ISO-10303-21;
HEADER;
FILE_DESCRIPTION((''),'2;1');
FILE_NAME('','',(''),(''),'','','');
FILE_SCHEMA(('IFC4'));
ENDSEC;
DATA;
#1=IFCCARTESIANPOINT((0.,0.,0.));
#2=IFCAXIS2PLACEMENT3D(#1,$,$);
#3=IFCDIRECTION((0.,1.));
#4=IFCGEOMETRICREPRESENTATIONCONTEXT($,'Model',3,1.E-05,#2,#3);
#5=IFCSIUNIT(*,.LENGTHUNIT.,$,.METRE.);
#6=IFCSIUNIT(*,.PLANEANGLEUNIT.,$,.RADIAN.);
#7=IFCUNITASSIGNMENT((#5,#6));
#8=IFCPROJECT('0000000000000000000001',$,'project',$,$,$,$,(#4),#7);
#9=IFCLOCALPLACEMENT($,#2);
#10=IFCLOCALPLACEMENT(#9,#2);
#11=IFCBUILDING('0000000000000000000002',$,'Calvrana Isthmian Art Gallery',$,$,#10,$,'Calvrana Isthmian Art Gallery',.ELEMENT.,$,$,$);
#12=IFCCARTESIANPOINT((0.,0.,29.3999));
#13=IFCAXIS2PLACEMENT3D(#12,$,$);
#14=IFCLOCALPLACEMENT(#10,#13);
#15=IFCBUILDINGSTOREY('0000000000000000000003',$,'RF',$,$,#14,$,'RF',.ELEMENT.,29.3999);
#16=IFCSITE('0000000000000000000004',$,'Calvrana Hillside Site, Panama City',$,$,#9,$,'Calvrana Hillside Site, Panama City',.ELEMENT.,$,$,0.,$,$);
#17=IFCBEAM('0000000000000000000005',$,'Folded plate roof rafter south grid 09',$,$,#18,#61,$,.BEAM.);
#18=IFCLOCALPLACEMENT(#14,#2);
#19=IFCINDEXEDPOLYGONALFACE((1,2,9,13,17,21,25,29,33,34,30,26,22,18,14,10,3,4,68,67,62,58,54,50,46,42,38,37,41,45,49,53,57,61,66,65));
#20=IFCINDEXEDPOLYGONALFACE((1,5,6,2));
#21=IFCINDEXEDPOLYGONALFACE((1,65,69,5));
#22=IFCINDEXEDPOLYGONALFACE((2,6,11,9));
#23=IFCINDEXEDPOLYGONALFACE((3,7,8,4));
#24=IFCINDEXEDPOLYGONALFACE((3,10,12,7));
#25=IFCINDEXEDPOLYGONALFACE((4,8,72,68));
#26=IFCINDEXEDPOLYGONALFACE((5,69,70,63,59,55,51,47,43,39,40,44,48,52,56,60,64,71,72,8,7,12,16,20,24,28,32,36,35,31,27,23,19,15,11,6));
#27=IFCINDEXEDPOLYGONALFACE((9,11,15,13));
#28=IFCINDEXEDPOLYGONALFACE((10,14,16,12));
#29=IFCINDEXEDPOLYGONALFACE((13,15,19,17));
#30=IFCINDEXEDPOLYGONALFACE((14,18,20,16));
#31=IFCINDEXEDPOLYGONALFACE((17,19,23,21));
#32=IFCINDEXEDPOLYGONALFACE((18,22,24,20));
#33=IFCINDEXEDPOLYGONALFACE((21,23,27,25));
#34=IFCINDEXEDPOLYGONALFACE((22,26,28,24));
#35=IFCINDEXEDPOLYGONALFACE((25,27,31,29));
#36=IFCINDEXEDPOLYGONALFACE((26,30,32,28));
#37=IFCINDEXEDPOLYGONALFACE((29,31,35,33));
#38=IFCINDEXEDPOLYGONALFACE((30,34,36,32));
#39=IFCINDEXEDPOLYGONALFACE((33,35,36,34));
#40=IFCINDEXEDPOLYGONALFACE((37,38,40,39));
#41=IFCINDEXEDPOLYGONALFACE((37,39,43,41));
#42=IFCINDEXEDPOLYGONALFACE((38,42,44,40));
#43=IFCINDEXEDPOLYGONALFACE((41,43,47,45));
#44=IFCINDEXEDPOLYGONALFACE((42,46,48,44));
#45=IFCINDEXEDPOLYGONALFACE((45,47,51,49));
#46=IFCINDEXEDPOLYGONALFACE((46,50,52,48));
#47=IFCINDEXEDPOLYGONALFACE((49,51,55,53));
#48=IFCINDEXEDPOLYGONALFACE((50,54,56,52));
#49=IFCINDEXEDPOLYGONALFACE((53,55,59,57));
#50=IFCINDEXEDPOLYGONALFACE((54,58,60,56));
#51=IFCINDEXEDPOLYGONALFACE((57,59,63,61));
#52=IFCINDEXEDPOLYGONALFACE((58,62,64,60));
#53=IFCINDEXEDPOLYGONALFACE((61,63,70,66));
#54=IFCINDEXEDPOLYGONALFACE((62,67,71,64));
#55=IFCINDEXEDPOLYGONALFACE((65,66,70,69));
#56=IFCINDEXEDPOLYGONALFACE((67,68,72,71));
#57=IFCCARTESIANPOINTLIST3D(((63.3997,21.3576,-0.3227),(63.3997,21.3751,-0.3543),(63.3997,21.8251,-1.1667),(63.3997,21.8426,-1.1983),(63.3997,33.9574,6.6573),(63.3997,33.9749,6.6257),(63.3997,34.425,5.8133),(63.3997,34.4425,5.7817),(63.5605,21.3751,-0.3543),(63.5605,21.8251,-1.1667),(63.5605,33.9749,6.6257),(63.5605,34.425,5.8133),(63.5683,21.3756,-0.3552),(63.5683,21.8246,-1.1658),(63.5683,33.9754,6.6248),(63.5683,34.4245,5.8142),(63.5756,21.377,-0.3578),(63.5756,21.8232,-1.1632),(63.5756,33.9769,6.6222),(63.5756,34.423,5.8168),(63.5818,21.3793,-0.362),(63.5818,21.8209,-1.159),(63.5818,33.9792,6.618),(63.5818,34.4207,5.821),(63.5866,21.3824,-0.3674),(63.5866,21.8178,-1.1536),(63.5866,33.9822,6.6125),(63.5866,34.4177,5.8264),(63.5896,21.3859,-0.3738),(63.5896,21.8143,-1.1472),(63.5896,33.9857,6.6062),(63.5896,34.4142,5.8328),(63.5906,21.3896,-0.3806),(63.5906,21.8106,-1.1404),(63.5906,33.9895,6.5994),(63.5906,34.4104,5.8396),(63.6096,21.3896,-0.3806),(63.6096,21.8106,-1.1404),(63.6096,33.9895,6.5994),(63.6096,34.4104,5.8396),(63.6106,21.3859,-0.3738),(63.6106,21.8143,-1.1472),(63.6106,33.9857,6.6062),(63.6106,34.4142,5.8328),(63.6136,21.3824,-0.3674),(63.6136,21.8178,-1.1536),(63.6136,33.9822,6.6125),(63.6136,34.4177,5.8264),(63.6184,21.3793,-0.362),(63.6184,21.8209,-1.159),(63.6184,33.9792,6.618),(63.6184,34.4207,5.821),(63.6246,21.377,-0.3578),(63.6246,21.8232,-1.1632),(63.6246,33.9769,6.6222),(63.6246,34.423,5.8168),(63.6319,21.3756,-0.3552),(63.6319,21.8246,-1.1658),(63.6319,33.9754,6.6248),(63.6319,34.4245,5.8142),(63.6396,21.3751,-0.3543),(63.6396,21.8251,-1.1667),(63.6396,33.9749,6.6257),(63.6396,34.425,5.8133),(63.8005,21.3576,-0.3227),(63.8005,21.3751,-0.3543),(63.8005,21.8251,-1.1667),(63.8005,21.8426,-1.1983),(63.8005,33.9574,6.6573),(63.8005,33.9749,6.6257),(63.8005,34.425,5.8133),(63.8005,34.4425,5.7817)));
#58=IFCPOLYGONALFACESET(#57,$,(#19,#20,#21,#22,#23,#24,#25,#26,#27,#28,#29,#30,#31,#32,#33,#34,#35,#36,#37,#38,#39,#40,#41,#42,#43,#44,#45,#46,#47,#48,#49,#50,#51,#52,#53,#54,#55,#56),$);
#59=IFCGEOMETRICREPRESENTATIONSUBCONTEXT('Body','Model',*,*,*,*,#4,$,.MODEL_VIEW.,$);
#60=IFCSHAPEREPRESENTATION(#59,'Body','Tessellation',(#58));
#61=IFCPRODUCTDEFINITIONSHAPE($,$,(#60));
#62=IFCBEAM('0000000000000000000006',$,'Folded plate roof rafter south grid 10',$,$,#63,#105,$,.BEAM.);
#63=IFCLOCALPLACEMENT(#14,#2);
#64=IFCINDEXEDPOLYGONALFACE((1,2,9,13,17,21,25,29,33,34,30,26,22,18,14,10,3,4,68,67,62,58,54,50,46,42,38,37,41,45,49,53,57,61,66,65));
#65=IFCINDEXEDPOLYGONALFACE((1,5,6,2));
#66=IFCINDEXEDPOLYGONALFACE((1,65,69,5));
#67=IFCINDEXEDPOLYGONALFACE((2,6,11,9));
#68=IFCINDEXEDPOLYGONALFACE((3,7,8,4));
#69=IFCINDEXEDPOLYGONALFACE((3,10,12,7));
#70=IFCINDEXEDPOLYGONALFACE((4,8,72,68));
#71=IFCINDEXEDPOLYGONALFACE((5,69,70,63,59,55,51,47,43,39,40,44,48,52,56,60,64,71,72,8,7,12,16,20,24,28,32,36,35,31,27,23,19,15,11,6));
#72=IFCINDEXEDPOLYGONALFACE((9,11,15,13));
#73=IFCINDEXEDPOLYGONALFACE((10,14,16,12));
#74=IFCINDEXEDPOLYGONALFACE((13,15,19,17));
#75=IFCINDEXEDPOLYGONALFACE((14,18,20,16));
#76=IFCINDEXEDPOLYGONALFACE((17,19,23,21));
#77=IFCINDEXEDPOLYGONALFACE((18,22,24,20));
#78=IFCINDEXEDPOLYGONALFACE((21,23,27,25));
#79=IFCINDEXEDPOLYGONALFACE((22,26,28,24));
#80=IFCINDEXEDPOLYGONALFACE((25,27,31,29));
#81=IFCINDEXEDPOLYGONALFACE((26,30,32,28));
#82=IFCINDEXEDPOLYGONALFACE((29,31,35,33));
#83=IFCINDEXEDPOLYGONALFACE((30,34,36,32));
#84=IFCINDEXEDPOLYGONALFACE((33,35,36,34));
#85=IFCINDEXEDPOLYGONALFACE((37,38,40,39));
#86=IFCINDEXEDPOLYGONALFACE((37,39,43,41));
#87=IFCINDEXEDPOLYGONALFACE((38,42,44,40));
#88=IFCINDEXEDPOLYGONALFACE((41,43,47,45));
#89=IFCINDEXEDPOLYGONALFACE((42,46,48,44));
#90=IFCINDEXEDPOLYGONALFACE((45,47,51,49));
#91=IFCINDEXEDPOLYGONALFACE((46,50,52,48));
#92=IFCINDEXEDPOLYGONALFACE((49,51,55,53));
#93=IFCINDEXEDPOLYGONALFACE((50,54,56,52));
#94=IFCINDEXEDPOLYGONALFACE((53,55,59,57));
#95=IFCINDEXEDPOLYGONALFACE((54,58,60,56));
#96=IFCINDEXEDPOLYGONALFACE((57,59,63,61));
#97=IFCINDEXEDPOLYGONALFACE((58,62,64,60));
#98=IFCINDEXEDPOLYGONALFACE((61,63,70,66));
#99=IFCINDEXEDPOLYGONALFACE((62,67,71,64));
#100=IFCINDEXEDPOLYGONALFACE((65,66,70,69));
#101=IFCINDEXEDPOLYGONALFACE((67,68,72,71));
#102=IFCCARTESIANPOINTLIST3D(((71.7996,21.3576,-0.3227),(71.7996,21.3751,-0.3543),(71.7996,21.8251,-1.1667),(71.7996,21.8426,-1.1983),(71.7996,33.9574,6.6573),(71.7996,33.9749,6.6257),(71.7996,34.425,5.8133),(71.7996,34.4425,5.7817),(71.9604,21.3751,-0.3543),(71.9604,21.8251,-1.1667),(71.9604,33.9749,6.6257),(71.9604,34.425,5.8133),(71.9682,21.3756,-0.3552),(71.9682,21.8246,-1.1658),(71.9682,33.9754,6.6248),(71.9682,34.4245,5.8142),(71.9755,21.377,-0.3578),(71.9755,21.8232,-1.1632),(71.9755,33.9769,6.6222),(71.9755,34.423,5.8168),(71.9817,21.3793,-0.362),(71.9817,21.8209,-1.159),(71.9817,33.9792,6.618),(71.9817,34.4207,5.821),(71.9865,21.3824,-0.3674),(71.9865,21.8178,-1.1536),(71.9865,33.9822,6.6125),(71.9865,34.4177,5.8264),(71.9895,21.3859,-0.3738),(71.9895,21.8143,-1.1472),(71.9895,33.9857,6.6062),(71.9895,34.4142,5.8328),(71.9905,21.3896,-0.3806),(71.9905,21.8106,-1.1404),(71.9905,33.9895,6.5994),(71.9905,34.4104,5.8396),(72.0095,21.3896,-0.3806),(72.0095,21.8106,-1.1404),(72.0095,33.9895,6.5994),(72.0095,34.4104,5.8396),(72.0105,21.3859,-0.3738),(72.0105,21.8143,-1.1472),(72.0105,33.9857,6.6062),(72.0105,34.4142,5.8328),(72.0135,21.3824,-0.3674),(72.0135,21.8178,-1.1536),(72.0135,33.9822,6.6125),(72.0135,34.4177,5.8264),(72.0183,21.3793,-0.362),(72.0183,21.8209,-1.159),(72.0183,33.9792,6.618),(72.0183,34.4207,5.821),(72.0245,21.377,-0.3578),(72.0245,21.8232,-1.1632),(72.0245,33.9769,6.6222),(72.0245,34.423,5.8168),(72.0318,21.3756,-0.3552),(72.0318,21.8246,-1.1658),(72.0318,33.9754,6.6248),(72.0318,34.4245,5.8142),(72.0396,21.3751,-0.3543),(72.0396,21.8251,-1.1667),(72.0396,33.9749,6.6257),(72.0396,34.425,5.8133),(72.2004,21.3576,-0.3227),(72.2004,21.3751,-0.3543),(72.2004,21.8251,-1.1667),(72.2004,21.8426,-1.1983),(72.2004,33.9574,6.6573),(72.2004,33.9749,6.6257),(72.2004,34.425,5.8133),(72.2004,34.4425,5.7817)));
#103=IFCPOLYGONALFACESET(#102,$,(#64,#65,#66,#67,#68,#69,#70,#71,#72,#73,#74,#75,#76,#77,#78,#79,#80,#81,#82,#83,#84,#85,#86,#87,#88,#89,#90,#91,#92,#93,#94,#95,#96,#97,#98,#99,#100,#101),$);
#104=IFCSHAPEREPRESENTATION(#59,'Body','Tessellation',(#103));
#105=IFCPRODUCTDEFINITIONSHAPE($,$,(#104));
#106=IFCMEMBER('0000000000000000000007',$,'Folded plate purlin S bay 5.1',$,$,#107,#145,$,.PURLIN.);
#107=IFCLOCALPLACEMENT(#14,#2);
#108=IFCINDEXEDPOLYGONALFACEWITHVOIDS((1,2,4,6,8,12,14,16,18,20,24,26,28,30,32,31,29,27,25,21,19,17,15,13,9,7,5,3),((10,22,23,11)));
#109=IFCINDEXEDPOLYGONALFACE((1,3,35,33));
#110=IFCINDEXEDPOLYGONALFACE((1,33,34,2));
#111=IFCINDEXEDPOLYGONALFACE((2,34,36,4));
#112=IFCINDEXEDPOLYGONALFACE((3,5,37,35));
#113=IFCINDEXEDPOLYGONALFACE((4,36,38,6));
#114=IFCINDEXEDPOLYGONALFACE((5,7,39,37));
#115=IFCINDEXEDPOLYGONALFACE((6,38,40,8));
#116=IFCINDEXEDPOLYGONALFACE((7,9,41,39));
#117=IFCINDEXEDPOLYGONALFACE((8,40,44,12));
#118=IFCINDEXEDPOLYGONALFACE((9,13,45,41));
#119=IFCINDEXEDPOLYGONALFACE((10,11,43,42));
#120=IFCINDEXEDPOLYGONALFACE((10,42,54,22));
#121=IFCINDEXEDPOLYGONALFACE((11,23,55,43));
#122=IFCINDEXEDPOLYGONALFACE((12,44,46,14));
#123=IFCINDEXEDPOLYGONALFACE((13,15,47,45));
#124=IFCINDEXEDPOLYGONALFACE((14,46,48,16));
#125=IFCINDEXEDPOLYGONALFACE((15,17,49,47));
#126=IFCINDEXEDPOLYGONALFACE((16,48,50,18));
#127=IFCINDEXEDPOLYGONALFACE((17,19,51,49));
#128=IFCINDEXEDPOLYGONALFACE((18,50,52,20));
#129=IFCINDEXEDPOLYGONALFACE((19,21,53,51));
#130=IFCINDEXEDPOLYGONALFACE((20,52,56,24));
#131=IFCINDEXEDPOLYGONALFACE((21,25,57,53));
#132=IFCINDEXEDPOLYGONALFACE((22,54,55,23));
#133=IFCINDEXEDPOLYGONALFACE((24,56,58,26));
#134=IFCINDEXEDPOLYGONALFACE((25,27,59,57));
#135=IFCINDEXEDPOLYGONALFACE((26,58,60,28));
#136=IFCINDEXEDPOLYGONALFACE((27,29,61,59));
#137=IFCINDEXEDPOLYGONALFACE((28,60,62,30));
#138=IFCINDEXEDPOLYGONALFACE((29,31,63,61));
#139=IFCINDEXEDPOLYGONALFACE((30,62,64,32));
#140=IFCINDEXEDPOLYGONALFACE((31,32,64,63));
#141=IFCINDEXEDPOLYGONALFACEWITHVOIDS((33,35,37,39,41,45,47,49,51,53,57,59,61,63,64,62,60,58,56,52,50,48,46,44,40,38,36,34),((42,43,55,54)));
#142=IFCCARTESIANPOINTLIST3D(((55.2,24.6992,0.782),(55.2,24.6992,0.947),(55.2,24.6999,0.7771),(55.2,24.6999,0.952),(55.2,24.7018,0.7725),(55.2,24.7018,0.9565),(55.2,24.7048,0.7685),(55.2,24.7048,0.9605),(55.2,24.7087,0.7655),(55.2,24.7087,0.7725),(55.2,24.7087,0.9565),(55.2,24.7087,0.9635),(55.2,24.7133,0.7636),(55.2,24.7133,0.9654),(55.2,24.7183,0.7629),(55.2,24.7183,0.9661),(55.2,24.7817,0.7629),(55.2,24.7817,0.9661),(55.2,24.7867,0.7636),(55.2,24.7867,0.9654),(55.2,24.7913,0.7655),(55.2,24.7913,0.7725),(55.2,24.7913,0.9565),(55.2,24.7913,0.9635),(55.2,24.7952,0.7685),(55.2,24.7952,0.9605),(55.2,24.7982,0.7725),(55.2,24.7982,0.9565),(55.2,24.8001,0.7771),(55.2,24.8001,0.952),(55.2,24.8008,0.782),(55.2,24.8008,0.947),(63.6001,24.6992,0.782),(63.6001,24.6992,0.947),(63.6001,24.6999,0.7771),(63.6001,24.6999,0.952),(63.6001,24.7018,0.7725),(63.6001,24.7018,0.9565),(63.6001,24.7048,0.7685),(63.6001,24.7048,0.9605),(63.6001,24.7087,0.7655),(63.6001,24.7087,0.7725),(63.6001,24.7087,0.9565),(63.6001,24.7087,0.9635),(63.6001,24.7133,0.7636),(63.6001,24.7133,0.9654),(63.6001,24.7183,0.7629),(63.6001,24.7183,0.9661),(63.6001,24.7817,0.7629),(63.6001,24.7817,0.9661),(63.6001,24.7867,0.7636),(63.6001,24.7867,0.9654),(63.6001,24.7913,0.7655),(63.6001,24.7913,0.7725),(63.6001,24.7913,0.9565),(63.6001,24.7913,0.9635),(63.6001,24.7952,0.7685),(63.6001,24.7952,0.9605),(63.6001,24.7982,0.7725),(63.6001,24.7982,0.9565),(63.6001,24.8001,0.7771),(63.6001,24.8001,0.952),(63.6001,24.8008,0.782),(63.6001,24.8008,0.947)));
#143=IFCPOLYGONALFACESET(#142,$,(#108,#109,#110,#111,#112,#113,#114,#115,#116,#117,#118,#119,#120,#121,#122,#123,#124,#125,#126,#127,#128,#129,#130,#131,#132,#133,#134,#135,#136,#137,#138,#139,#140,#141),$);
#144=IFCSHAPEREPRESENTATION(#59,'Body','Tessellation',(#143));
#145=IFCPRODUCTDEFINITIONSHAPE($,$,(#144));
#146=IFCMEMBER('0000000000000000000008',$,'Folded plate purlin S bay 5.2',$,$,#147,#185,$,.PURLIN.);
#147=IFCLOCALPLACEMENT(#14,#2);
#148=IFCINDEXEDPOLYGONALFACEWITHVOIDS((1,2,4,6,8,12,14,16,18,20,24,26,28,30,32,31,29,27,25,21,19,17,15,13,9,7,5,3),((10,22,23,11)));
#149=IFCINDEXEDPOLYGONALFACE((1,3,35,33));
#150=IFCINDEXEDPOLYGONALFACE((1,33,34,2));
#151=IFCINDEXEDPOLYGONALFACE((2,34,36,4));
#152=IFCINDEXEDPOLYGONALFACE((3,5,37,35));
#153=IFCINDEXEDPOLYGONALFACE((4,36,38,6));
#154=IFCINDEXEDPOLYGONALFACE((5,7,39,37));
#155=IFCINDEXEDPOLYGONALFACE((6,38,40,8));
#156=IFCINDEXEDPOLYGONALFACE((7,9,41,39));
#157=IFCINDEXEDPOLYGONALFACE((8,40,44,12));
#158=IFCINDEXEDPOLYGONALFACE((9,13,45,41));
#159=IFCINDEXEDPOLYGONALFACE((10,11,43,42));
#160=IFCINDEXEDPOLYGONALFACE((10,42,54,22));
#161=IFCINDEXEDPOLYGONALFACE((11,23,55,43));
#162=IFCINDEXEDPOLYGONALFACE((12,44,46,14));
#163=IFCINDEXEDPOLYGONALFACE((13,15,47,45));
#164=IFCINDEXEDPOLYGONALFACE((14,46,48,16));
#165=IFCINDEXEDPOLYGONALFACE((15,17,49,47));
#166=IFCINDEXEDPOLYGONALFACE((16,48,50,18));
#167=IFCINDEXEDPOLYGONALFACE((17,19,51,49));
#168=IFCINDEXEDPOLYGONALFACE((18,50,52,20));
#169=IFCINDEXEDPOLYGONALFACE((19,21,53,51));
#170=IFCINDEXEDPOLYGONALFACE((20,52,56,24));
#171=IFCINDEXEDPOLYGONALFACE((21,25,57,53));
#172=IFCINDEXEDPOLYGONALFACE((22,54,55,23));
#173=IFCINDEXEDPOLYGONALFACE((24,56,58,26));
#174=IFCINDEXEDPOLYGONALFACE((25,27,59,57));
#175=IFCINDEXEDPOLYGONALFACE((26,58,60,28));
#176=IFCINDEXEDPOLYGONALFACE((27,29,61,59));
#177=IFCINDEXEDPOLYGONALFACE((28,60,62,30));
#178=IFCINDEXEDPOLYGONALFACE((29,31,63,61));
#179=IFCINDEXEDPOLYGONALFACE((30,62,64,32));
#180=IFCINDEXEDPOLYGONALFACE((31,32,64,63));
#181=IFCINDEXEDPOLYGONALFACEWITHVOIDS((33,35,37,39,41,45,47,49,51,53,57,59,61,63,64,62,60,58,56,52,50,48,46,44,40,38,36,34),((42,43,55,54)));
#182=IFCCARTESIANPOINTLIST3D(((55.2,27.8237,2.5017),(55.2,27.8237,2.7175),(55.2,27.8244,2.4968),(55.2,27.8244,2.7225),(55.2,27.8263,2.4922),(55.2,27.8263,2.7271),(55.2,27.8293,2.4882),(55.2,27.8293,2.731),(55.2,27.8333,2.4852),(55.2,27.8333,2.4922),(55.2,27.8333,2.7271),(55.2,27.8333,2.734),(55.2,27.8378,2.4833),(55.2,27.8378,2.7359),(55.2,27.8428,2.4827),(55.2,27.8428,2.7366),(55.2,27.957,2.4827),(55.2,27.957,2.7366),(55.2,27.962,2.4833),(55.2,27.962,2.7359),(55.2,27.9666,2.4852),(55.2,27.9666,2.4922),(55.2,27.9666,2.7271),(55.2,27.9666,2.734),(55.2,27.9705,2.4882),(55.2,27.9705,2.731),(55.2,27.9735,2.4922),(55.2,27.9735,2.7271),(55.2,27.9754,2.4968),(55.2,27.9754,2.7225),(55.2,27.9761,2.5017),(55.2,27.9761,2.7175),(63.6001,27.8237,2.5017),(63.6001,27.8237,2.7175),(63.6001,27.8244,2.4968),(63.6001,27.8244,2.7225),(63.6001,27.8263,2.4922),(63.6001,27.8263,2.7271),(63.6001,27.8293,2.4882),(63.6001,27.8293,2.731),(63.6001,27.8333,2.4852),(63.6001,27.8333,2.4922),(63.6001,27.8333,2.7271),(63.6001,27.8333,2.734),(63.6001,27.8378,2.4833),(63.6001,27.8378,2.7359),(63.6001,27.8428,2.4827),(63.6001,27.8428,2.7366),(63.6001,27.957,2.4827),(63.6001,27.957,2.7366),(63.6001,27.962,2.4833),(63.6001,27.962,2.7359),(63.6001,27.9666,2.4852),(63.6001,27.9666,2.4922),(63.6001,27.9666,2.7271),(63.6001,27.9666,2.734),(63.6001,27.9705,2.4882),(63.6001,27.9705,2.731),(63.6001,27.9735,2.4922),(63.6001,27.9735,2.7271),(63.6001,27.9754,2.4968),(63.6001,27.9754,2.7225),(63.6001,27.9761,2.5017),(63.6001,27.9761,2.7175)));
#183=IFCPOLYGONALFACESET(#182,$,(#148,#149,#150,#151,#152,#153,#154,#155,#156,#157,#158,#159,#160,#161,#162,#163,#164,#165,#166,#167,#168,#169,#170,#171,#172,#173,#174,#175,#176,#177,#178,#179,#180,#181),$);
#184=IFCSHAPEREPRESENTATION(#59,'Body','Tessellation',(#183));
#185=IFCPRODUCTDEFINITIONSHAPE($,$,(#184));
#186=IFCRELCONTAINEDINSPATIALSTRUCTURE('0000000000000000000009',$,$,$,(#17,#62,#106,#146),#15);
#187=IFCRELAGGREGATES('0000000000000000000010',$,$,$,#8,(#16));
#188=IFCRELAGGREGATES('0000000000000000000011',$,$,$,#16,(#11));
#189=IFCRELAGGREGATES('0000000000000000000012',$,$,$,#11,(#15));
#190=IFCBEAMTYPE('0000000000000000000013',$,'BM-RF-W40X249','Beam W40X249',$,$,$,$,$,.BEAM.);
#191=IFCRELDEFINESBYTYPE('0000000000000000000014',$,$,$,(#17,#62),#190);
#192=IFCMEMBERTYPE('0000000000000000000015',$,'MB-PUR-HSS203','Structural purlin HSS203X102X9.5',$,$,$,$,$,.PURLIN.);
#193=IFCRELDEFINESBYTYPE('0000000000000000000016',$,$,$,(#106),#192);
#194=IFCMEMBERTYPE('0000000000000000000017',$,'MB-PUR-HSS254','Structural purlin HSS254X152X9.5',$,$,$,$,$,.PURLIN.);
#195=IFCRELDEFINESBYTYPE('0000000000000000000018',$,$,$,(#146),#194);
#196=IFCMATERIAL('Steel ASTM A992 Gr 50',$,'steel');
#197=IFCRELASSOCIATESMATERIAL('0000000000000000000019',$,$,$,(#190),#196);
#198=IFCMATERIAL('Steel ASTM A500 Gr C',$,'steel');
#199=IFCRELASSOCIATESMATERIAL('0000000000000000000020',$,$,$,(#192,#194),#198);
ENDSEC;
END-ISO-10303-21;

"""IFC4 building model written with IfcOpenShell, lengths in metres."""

from ifc_helpers import new_model, si_unit, direction, frame, origin, origin_2d, place, context, subcontext, project, spatial, hollow_rectangle, i_section, extrude, material, material_profile, profile_set, type_object, element, save


model = new_model("IFC4")

# Units and contexts
model_context = context("Model", 3, precision=1e-05, world=origin(), true_north=direction((0.0, 1.0)))
body_context = subcontext(model_context, "Body", "Model", "MODEL_VIEW")
ifc_project = project(units=[si_unit("LENGTHUNIT", "METRE"), si_unit("PLANEANGLEUNIT", "RADIAN")], contexts=[model_context])

# Site, building, storey
site_placement = place(None, origin())
site = spatial("IfcSite", under=ifc_project, at=site_placement, Name="Calvrana Hillside Site, Panama City", LongName="Calvrana Hillside Site, Panama City", CompositionType="ELEMENT", RefElevation=0.0)
building_placement = place(site_placement, origin())
building = spatial("IfcBuilding", under=site, at=building_placement, Name="Calvrana Isthmian Art Gallery", LongName="Calvrana Isthmian Art Gallery", CompositionType="ELEMENT")
storey_placement = place(building_placement, frame((0.0, 0.0, 29.3999)))
storey = spatial("IfcBuildingStorey", under=building, at=storey_placement, Name="RF", LongName="RF", CompositionType="ELEMENT", Elevation=29.3999)

# Beams
ifc_material_1 = material(Name="Steel ASTM A992 Gr 50", Category="steel")
ifc_material_profile_1 = material_profile(ifc_material_1, i_section(OverallWidth=0.4009, OverallDepth=1.001, WebThickness=0.019, FlangeThickness=0.0361, FilletRadius=0.03, at=origin_2d()), Name="W40X249")
ifc_profile_set_1 = profile_set([ifc_material_profile_1], Name="Steel ASTM A992 Gr 50")
beam_type_1 = type_object("IfcBeamType", Name="BM-RF-W40X249", Description="Beam W40X249", PredefinedType="BEAM", material=ifc_profile_set_1)
for number, where, z_axis, x_axis, name in (
    (1, (63.6001, 21.6001, -0.7605), (0.0, 0.874744, 0.484585), (-1.0, 0.0, 0.0), "Folded plate roof rafter south grid 09"),
    (2, (72.0, 21.6001, -0.7605), (0.0, 0.874744, 0.484585), (-1.0, 0.0, 0.0), "Folded plate roof rafter south grid 10"),
):
    element("IfcBeam", number, at=place(storey_placement, frame(where, z_axis=z_axis, x_axis=x_axis)), inside=storey, type_object=beam_type_1, Name=name, PredefinedType="BEAM", context=body_context, shape_type="SweptSolid", body=[
        extrude(i_section(OverallWidth=0.4009, OverallDepth=1.001, WebThickness=0.019, FlangeThickness=0.0361, FilletRadius=0.03, at=origin_2d()), origin(), (0.0, 0.0, 1.0), 14.4041),
    ])

# Members
ifc_material_2 = material(Name="Steel ASTM A500 Gr C", Category="steel")
ifc_material_profile_2 = material_profile(ifc_material_2, hollow_rectangle(XDim=0.1016, YDim=0.2031, WallThickness=0.0095, OuterFilletRadius=0.019, at=origin_2d()), Name="HSS203X102X9.5")
ifc_profile_set_2 = profile_set([ifc_material_profile_2], Name="Steel ASTM A500 Gr C")
member_type_1 = type_object("IfcMemberType", Name="MB-PUR-HSS203", Description="Structural purlin HSS203X102X9.5", PredefinedType="PURLIN", material=ifc_profile_set_2)
member_1_placement = place(storey_placement, frame((55.2, 24.75, 0.8645), z_axis=(1.0, 0.0, 0.0), x_axis=(0.0, 1.0, 0.0)))
element("IfcMember", 3, at=member_1_placement, inside=storey, type_object=member_type_1, Name="Folded plate purlin S bay 5.1", PredefinedType="PURLIN", context=body_context, shape_type="SweptSolid", body=[
    extrude(hollow_rectangle(XDim=0.1016, YDim=0.2031, WallThickness=0.0095, OuterFilletRadius=0.019, at=origin_2d()), origin(), (0.0, 0.0, 1.0), 8.4001),
])
ifc_material_profile_3 = material_profile(ifc_material_2, hollow_rectangle(XDim=0.1523, YDim=0.2539, WallThickness=0.0095, OuterFilletRadius=0.019, at=origin_2d()), Name="HSS254X152X9.5")
ifc_profile_set_3 = profile_set([ifc_material_profile_3], Name="Steel ASTM A500 Gr C")
member_type_2 = type_object("IfcMemberType", Name="MB-PUR-HSS254", Description="Structural purlin HSS254X152X9.5", PredefinedType="PURLIN", material=ifc_profile_set_3)
member_2_placement = place(storey_placement, frame((55.2, 27.8999, 2.6096), z_axis=(1.0, 0.0, 0.0), x_axis=(0.0, 1.0, 0.0)))
element("IfcMember", 4, at=member_2_placement, inside=storey, type_object=member_type_2, Name="Folded plate purlin S bay 5.2", PredefinedType="PURLIN", context=body_context, shape_type="SweptSolid", body=[
    extrude(hollow_rectangle(XDim=0.1523, YDim=0.2539, WallThickness=0.0095, OuterFilletRadius=0.019, at=origin_2d()), origin(), (0.0, 0.0, 1.0), 8.4001),
])

save(model, "model.ifc")
